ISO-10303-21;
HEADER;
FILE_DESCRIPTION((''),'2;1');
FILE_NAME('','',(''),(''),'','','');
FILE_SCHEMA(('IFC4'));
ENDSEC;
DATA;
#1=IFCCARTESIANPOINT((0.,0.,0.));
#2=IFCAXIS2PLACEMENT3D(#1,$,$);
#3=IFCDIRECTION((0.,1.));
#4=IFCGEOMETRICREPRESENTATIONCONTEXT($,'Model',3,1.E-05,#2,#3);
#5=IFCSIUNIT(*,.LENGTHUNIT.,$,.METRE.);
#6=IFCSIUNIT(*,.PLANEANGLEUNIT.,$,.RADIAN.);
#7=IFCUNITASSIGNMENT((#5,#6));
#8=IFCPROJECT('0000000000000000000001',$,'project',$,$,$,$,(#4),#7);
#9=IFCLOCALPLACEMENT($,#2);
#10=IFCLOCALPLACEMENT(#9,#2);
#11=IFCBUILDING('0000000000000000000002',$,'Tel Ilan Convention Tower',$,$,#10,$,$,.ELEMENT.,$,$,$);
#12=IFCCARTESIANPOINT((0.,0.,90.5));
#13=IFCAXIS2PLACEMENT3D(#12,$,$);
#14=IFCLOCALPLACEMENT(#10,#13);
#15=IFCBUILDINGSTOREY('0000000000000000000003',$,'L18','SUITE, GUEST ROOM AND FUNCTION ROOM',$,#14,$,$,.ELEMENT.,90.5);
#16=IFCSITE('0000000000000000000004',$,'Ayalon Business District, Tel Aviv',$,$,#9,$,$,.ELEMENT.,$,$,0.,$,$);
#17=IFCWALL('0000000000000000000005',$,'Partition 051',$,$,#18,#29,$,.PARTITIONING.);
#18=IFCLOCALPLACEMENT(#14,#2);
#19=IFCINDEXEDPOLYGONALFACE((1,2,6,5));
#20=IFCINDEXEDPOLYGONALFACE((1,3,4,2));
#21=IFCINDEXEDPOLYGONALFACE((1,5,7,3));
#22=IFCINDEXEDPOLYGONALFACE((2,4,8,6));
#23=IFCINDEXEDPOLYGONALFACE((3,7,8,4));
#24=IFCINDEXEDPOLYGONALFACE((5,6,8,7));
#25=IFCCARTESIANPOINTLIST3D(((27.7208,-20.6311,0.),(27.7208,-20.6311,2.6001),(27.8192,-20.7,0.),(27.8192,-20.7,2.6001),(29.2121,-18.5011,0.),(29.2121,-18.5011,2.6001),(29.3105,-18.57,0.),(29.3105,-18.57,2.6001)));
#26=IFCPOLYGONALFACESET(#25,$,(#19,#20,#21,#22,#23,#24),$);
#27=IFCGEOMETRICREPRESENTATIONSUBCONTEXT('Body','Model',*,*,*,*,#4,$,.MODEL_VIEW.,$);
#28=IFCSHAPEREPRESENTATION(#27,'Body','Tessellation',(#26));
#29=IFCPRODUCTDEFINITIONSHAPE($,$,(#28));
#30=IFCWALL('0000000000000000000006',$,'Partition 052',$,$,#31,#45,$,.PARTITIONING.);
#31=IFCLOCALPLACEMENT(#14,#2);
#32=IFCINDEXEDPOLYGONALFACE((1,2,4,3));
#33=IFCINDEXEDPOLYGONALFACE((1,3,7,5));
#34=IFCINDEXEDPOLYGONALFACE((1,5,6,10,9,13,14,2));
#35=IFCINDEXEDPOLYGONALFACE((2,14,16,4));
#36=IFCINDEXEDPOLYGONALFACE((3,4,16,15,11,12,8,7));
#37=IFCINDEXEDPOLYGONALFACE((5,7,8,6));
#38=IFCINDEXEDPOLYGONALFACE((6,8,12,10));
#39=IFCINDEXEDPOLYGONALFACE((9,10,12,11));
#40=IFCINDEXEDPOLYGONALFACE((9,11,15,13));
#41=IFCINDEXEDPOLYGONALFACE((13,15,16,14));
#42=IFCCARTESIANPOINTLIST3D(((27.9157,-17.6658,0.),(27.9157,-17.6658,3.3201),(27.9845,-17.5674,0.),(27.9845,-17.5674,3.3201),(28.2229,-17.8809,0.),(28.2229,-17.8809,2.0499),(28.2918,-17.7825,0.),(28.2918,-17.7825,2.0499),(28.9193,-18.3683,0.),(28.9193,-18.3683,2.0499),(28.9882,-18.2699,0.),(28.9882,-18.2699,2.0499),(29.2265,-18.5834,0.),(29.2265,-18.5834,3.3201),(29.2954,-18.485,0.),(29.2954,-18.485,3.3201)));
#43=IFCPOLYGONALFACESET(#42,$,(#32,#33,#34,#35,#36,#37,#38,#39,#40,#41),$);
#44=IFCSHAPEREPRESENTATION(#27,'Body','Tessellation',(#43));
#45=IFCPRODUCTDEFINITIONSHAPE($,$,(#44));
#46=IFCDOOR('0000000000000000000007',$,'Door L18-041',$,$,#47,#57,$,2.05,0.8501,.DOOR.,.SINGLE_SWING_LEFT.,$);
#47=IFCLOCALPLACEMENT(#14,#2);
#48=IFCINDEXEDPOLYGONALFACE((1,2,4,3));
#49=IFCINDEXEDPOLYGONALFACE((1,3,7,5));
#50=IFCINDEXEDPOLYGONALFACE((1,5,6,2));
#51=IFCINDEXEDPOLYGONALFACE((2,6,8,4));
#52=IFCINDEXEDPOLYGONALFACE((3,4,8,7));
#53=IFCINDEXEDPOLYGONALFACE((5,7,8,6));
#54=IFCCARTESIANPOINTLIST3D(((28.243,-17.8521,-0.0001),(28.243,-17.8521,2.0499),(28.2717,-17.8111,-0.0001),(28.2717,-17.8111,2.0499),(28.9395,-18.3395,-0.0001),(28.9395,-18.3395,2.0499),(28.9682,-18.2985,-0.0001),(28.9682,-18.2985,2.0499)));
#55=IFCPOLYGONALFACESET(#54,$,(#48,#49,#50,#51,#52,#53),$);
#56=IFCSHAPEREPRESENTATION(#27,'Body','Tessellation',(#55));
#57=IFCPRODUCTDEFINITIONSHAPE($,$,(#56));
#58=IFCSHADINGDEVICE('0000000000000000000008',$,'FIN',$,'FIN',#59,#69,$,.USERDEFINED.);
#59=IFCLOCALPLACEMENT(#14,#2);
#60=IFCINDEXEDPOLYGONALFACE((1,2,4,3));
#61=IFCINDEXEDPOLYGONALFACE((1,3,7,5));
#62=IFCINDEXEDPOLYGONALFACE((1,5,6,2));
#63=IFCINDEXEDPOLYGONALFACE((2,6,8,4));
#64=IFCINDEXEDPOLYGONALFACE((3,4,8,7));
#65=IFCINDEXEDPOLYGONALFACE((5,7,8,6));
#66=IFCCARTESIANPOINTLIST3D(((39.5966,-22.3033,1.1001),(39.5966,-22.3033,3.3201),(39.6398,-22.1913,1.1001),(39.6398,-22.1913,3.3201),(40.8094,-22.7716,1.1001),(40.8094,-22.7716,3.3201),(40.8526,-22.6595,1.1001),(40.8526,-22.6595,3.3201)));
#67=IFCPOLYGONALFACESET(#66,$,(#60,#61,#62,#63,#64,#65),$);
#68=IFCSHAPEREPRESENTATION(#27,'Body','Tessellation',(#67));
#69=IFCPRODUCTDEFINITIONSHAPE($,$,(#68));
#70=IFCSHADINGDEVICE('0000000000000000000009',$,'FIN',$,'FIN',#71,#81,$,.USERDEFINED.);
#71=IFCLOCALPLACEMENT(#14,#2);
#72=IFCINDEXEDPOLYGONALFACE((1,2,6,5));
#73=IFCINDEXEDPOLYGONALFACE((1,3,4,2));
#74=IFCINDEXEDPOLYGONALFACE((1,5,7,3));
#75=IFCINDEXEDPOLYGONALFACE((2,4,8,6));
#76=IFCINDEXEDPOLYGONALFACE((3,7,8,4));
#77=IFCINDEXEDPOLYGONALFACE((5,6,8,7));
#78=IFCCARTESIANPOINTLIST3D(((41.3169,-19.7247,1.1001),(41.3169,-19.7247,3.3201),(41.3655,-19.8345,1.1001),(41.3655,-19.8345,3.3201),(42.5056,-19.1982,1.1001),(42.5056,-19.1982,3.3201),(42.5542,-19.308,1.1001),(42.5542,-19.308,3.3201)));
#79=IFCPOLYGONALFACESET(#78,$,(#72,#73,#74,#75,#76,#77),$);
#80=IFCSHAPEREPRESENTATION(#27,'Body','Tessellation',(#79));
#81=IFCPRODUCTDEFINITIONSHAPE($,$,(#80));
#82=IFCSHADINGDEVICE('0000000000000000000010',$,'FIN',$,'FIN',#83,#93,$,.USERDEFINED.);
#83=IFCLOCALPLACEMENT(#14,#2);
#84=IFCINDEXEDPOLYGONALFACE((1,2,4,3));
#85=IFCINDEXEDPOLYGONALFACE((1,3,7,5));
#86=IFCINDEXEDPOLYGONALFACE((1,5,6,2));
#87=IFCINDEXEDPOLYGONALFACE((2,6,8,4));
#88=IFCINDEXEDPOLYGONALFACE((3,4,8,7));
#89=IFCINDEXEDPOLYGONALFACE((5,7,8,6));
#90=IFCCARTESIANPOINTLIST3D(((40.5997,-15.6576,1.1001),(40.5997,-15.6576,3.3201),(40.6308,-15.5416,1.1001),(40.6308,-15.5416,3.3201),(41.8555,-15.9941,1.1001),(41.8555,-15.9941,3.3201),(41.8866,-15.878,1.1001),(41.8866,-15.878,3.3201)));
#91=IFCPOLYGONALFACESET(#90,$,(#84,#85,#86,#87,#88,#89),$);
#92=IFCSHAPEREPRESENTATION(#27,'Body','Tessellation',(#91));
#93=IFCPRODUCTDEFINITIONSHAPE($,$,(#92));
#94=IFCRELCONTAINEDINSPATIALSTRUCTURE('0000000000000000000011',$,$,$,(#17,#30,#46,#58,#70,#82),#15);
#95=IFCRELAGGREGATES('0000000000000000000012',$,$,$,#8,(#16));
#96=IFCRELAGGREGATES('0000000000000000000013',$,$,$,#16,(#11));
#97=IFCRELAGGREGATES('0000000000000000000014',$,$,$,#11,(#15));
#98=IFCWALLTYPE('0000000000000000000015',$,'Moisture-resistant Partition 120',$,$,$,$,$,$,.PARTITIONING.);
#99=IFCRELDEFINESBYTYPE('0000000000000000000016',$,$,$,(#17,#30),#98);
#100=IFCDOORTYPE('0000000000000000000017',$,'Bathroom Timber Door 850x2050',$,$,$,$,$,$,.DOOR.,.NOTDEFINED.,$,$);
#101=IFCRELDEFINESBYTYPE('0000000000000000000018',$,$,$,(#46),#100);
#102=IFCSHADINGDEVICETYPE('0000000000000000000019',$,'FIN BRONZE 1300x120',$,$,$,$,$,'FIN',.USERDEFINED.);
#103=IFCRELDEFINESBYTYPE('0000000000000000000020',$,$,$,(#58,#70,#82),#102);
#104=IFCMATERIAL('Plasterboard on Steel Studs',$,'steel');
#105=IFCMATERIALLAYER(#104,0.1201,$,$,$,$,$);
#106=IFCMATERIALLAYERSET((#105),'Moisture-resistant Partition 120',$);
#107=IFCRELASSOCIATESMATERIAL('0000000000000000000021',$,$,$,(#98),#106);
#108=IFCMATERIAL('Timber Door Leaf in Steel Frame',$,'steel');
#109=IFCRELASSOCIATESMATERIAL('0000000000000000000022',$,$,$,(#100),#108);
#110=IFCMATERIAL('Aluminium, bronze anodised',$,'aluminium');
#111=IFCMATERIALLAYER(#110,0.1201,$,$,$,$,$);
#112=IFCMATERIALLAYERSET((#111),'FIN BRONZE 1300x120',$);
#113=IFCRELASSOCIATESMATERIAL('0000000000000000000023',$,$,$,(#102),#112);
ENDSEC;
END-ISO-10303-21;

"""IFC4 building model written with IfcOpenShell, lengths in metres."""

from ifc_helpers import new_model, si_unit, direction, frame, frame_2d, origin, origin_2d, place, context, subcontext, project, spatial, rectangle, extrude, material, layer, layer_set, type_object, element, fill, save


model = new_model("IFC4")

# Units and contexts
model_context = context("Model", 3, precision=1e-05, world=origin(), true_north=direction((0.0, 1.0)))
body_context = subcontext(model_context, "Body", "Model", "MODEL_VIEW")
ifc_project = project(units=[si_unit("LENGTHUNIT", "METRE"), si_unit("PLANEANGLEUNIT", "RADIAN")], contexts=[model_context])

# Site, building, storey
site_placement = place(None, origin())
site = spatial("IfcSite", under=ifc_project, at=site_placement, Name="Ayalon Business District, Tel Aviv", CompositionType="ELEMENT", RefElevation=0.0)
building_placement = place(site_placement, origin())
building = spatial("IfcBuilding", under=site, at=building_placement, Name="Tel Ilan Convention Tower", CompositionType="ELEMENT")
storey_placement = place(building_placement, frame((0.0, 0.0, 90.5)))
storey = spatial("IfcBuildingStorey", under=building, at=storey_placement, Name="L18", Description="SUITE, GUEST ROOM AND FUNCTION ROOM", CompositionType="ELEMENT", Elevation=90.5)

# Wall
ifc_material_1 = material(Name="Plasterboard on Steel Studs", Category="steel")
ifc_layer_1 = layer(ifc_material_1, 0.1201)
ifc_layer_set_1 = layer_set([ifc_layer_1], Name="Moisture-resistant Partition 120")
wall_type_1 = type_object("IfcWallType", Name="Moisture-resistant Partition 120", PredefinedType="PARTITIONING", material=ifc_layer_set_1)
wall_1_placement = place(storey_placement, frame((27.77, -20.6655, 0.0), z_axis=(0.0, 0.0, 1.0), x_axis=(0.573538, 0.819179, 0.0)))
element("IfcWall", 1, at=wall_1_placement, inside=storey, type_object=wall_type_1, Name="Partition 051", PredefinedType="PARTITIONING", context=body_context, shape_type="SweptSolid", body=[
    extrude(rectangle(XDim=2.6001, YDim=0.1201, at=frame_2d((1.3, 0.0))), origin(), (0.0, 0.0, 1.0), 2.6001),
])

# Wall, opening, door
wall_2_placement = place(storey_placement, frame((29.261, -18.5342, 0.0), z_axis=(0.0, 0.0, 1.0), x_axis=(-0.819253, 0.573432, 0.0)))
wall_2 = element("IfcWall", 2, at=wall_2_placement, inside=storey, type_object=wall_type_1, Name="Partition 052", PredefinedType="PARTITIONING", context=body_context, shape_type="SweptSolid", body=[
    extrude(rectangle(XDim=1.6001, YDim=0.1201, at=frame_2d((0.8, 0.0))), origin(), (0.0, 0.0, 1.0), 3.3201),
])
opening_1_placement = place(wall_2_placement, frame((0.375, 0.0, 0.0)))
opening_1 = element("IfcOpeningElement", 3, at=opening_1_placement, cuts=wall_2, PredefinedType="OPENING", context=body_context, shape_type="SweptSolid", body=[
    extrude(rectangle(XDim=0.8501, YDim=2.05, at=frame_2d((0.425, 1.0249))), frame((0.0, 0.0701, 0.0), z_axis=(0.0, -1.0, 0.0), x_axis=(1.0, 0.0, 0.0)), (0.0, 0.0, 1.0), 0.1401),
])
ifc_material_2 = material(Name="Timber Door Leaf in Steel Frame", Category="steel")
door_type_1 = type_object("IfcDoorType", Name="Bathroom Timber Door 850x2050", OperationType="NOTDEFINED", PredefinedType="DOOR", material=ifc_material_2)
door_1_placement = place(opening_1_placement, origin())
door_1 = element("IfcDoor", 4, at=door_1_placement, inside=storey, type_object=door_type_1, Name="Door L18-041", OperationType="SINGLE_SWING_LEFT", OverallHeight=2.05, OverallWidth=0.8501, PredefinedType="DOOR", context=body_context, shape_type="SweptSolid", body=[
    extrude(rectangle(XDim=0.8501, YDim=2.05, at=frame_2d((0.425, 1.0249))), frame((0.0, 0.0249, 0.0), z_axis=(0.0, -1.0, 0.0), x_axis=(1.0, 0.0, 0.0)), (0.0, 0.0, 1.0), 0.05),
])
fill(opening_1, door_1)

# Shading devices
ifc_material_3 = material(Name="Aluminium, bronze anodised", Category="aluminium")
ifc_layer_2 = layer(ifc_material_3, 0.1201)
ifc_layer_set_2 = layer_set([ifc_layer_2], Name="FIN BRONZE 1300x120")
shading_device_type = type_object("IfcShadingDeviceType", Name="FIN BRONZE 1300x120", ElementType="FIN", PredefinedType="USERDEFINED", material=ifc_layer_set_2)
for number, where, z_axis, x_axis, name in (
    (5, (40.2246, -22.4814, 1.1001), (0.0, 0.0, 1.0), (0.932884, -0.360178, 0.0), "FIN"),
    (6, (41.9355, -19.5164, 1.1001), (0.0, 0.0, 1.0), (0.914333, 0.404964, 0.0), "FIN"),
    (7, (41.2432, -15.7678, 1.1001), (0.0, 0.0, 1.0), (0.965926, -0.258819, 0.0), "FIN"),
):
    element("IfcShadingDevice", number, at=place(storey_placement, frame(where, z_axis=z_axis, x_axis=x_axis)), inside=storey, type_object=shading_device_type, Name=name, ObjectType="FIN", PredefinedType="USERDEFINED", context=body_context, shape_type="SweptSolid", body=[
        extrude(rectangle(XDim=1.3, YDim=0.1201, at=origin_2d()), origin(), (0.0, 0.0, 1.0), 2.22),
    ])

save(model, "model.ifc")
